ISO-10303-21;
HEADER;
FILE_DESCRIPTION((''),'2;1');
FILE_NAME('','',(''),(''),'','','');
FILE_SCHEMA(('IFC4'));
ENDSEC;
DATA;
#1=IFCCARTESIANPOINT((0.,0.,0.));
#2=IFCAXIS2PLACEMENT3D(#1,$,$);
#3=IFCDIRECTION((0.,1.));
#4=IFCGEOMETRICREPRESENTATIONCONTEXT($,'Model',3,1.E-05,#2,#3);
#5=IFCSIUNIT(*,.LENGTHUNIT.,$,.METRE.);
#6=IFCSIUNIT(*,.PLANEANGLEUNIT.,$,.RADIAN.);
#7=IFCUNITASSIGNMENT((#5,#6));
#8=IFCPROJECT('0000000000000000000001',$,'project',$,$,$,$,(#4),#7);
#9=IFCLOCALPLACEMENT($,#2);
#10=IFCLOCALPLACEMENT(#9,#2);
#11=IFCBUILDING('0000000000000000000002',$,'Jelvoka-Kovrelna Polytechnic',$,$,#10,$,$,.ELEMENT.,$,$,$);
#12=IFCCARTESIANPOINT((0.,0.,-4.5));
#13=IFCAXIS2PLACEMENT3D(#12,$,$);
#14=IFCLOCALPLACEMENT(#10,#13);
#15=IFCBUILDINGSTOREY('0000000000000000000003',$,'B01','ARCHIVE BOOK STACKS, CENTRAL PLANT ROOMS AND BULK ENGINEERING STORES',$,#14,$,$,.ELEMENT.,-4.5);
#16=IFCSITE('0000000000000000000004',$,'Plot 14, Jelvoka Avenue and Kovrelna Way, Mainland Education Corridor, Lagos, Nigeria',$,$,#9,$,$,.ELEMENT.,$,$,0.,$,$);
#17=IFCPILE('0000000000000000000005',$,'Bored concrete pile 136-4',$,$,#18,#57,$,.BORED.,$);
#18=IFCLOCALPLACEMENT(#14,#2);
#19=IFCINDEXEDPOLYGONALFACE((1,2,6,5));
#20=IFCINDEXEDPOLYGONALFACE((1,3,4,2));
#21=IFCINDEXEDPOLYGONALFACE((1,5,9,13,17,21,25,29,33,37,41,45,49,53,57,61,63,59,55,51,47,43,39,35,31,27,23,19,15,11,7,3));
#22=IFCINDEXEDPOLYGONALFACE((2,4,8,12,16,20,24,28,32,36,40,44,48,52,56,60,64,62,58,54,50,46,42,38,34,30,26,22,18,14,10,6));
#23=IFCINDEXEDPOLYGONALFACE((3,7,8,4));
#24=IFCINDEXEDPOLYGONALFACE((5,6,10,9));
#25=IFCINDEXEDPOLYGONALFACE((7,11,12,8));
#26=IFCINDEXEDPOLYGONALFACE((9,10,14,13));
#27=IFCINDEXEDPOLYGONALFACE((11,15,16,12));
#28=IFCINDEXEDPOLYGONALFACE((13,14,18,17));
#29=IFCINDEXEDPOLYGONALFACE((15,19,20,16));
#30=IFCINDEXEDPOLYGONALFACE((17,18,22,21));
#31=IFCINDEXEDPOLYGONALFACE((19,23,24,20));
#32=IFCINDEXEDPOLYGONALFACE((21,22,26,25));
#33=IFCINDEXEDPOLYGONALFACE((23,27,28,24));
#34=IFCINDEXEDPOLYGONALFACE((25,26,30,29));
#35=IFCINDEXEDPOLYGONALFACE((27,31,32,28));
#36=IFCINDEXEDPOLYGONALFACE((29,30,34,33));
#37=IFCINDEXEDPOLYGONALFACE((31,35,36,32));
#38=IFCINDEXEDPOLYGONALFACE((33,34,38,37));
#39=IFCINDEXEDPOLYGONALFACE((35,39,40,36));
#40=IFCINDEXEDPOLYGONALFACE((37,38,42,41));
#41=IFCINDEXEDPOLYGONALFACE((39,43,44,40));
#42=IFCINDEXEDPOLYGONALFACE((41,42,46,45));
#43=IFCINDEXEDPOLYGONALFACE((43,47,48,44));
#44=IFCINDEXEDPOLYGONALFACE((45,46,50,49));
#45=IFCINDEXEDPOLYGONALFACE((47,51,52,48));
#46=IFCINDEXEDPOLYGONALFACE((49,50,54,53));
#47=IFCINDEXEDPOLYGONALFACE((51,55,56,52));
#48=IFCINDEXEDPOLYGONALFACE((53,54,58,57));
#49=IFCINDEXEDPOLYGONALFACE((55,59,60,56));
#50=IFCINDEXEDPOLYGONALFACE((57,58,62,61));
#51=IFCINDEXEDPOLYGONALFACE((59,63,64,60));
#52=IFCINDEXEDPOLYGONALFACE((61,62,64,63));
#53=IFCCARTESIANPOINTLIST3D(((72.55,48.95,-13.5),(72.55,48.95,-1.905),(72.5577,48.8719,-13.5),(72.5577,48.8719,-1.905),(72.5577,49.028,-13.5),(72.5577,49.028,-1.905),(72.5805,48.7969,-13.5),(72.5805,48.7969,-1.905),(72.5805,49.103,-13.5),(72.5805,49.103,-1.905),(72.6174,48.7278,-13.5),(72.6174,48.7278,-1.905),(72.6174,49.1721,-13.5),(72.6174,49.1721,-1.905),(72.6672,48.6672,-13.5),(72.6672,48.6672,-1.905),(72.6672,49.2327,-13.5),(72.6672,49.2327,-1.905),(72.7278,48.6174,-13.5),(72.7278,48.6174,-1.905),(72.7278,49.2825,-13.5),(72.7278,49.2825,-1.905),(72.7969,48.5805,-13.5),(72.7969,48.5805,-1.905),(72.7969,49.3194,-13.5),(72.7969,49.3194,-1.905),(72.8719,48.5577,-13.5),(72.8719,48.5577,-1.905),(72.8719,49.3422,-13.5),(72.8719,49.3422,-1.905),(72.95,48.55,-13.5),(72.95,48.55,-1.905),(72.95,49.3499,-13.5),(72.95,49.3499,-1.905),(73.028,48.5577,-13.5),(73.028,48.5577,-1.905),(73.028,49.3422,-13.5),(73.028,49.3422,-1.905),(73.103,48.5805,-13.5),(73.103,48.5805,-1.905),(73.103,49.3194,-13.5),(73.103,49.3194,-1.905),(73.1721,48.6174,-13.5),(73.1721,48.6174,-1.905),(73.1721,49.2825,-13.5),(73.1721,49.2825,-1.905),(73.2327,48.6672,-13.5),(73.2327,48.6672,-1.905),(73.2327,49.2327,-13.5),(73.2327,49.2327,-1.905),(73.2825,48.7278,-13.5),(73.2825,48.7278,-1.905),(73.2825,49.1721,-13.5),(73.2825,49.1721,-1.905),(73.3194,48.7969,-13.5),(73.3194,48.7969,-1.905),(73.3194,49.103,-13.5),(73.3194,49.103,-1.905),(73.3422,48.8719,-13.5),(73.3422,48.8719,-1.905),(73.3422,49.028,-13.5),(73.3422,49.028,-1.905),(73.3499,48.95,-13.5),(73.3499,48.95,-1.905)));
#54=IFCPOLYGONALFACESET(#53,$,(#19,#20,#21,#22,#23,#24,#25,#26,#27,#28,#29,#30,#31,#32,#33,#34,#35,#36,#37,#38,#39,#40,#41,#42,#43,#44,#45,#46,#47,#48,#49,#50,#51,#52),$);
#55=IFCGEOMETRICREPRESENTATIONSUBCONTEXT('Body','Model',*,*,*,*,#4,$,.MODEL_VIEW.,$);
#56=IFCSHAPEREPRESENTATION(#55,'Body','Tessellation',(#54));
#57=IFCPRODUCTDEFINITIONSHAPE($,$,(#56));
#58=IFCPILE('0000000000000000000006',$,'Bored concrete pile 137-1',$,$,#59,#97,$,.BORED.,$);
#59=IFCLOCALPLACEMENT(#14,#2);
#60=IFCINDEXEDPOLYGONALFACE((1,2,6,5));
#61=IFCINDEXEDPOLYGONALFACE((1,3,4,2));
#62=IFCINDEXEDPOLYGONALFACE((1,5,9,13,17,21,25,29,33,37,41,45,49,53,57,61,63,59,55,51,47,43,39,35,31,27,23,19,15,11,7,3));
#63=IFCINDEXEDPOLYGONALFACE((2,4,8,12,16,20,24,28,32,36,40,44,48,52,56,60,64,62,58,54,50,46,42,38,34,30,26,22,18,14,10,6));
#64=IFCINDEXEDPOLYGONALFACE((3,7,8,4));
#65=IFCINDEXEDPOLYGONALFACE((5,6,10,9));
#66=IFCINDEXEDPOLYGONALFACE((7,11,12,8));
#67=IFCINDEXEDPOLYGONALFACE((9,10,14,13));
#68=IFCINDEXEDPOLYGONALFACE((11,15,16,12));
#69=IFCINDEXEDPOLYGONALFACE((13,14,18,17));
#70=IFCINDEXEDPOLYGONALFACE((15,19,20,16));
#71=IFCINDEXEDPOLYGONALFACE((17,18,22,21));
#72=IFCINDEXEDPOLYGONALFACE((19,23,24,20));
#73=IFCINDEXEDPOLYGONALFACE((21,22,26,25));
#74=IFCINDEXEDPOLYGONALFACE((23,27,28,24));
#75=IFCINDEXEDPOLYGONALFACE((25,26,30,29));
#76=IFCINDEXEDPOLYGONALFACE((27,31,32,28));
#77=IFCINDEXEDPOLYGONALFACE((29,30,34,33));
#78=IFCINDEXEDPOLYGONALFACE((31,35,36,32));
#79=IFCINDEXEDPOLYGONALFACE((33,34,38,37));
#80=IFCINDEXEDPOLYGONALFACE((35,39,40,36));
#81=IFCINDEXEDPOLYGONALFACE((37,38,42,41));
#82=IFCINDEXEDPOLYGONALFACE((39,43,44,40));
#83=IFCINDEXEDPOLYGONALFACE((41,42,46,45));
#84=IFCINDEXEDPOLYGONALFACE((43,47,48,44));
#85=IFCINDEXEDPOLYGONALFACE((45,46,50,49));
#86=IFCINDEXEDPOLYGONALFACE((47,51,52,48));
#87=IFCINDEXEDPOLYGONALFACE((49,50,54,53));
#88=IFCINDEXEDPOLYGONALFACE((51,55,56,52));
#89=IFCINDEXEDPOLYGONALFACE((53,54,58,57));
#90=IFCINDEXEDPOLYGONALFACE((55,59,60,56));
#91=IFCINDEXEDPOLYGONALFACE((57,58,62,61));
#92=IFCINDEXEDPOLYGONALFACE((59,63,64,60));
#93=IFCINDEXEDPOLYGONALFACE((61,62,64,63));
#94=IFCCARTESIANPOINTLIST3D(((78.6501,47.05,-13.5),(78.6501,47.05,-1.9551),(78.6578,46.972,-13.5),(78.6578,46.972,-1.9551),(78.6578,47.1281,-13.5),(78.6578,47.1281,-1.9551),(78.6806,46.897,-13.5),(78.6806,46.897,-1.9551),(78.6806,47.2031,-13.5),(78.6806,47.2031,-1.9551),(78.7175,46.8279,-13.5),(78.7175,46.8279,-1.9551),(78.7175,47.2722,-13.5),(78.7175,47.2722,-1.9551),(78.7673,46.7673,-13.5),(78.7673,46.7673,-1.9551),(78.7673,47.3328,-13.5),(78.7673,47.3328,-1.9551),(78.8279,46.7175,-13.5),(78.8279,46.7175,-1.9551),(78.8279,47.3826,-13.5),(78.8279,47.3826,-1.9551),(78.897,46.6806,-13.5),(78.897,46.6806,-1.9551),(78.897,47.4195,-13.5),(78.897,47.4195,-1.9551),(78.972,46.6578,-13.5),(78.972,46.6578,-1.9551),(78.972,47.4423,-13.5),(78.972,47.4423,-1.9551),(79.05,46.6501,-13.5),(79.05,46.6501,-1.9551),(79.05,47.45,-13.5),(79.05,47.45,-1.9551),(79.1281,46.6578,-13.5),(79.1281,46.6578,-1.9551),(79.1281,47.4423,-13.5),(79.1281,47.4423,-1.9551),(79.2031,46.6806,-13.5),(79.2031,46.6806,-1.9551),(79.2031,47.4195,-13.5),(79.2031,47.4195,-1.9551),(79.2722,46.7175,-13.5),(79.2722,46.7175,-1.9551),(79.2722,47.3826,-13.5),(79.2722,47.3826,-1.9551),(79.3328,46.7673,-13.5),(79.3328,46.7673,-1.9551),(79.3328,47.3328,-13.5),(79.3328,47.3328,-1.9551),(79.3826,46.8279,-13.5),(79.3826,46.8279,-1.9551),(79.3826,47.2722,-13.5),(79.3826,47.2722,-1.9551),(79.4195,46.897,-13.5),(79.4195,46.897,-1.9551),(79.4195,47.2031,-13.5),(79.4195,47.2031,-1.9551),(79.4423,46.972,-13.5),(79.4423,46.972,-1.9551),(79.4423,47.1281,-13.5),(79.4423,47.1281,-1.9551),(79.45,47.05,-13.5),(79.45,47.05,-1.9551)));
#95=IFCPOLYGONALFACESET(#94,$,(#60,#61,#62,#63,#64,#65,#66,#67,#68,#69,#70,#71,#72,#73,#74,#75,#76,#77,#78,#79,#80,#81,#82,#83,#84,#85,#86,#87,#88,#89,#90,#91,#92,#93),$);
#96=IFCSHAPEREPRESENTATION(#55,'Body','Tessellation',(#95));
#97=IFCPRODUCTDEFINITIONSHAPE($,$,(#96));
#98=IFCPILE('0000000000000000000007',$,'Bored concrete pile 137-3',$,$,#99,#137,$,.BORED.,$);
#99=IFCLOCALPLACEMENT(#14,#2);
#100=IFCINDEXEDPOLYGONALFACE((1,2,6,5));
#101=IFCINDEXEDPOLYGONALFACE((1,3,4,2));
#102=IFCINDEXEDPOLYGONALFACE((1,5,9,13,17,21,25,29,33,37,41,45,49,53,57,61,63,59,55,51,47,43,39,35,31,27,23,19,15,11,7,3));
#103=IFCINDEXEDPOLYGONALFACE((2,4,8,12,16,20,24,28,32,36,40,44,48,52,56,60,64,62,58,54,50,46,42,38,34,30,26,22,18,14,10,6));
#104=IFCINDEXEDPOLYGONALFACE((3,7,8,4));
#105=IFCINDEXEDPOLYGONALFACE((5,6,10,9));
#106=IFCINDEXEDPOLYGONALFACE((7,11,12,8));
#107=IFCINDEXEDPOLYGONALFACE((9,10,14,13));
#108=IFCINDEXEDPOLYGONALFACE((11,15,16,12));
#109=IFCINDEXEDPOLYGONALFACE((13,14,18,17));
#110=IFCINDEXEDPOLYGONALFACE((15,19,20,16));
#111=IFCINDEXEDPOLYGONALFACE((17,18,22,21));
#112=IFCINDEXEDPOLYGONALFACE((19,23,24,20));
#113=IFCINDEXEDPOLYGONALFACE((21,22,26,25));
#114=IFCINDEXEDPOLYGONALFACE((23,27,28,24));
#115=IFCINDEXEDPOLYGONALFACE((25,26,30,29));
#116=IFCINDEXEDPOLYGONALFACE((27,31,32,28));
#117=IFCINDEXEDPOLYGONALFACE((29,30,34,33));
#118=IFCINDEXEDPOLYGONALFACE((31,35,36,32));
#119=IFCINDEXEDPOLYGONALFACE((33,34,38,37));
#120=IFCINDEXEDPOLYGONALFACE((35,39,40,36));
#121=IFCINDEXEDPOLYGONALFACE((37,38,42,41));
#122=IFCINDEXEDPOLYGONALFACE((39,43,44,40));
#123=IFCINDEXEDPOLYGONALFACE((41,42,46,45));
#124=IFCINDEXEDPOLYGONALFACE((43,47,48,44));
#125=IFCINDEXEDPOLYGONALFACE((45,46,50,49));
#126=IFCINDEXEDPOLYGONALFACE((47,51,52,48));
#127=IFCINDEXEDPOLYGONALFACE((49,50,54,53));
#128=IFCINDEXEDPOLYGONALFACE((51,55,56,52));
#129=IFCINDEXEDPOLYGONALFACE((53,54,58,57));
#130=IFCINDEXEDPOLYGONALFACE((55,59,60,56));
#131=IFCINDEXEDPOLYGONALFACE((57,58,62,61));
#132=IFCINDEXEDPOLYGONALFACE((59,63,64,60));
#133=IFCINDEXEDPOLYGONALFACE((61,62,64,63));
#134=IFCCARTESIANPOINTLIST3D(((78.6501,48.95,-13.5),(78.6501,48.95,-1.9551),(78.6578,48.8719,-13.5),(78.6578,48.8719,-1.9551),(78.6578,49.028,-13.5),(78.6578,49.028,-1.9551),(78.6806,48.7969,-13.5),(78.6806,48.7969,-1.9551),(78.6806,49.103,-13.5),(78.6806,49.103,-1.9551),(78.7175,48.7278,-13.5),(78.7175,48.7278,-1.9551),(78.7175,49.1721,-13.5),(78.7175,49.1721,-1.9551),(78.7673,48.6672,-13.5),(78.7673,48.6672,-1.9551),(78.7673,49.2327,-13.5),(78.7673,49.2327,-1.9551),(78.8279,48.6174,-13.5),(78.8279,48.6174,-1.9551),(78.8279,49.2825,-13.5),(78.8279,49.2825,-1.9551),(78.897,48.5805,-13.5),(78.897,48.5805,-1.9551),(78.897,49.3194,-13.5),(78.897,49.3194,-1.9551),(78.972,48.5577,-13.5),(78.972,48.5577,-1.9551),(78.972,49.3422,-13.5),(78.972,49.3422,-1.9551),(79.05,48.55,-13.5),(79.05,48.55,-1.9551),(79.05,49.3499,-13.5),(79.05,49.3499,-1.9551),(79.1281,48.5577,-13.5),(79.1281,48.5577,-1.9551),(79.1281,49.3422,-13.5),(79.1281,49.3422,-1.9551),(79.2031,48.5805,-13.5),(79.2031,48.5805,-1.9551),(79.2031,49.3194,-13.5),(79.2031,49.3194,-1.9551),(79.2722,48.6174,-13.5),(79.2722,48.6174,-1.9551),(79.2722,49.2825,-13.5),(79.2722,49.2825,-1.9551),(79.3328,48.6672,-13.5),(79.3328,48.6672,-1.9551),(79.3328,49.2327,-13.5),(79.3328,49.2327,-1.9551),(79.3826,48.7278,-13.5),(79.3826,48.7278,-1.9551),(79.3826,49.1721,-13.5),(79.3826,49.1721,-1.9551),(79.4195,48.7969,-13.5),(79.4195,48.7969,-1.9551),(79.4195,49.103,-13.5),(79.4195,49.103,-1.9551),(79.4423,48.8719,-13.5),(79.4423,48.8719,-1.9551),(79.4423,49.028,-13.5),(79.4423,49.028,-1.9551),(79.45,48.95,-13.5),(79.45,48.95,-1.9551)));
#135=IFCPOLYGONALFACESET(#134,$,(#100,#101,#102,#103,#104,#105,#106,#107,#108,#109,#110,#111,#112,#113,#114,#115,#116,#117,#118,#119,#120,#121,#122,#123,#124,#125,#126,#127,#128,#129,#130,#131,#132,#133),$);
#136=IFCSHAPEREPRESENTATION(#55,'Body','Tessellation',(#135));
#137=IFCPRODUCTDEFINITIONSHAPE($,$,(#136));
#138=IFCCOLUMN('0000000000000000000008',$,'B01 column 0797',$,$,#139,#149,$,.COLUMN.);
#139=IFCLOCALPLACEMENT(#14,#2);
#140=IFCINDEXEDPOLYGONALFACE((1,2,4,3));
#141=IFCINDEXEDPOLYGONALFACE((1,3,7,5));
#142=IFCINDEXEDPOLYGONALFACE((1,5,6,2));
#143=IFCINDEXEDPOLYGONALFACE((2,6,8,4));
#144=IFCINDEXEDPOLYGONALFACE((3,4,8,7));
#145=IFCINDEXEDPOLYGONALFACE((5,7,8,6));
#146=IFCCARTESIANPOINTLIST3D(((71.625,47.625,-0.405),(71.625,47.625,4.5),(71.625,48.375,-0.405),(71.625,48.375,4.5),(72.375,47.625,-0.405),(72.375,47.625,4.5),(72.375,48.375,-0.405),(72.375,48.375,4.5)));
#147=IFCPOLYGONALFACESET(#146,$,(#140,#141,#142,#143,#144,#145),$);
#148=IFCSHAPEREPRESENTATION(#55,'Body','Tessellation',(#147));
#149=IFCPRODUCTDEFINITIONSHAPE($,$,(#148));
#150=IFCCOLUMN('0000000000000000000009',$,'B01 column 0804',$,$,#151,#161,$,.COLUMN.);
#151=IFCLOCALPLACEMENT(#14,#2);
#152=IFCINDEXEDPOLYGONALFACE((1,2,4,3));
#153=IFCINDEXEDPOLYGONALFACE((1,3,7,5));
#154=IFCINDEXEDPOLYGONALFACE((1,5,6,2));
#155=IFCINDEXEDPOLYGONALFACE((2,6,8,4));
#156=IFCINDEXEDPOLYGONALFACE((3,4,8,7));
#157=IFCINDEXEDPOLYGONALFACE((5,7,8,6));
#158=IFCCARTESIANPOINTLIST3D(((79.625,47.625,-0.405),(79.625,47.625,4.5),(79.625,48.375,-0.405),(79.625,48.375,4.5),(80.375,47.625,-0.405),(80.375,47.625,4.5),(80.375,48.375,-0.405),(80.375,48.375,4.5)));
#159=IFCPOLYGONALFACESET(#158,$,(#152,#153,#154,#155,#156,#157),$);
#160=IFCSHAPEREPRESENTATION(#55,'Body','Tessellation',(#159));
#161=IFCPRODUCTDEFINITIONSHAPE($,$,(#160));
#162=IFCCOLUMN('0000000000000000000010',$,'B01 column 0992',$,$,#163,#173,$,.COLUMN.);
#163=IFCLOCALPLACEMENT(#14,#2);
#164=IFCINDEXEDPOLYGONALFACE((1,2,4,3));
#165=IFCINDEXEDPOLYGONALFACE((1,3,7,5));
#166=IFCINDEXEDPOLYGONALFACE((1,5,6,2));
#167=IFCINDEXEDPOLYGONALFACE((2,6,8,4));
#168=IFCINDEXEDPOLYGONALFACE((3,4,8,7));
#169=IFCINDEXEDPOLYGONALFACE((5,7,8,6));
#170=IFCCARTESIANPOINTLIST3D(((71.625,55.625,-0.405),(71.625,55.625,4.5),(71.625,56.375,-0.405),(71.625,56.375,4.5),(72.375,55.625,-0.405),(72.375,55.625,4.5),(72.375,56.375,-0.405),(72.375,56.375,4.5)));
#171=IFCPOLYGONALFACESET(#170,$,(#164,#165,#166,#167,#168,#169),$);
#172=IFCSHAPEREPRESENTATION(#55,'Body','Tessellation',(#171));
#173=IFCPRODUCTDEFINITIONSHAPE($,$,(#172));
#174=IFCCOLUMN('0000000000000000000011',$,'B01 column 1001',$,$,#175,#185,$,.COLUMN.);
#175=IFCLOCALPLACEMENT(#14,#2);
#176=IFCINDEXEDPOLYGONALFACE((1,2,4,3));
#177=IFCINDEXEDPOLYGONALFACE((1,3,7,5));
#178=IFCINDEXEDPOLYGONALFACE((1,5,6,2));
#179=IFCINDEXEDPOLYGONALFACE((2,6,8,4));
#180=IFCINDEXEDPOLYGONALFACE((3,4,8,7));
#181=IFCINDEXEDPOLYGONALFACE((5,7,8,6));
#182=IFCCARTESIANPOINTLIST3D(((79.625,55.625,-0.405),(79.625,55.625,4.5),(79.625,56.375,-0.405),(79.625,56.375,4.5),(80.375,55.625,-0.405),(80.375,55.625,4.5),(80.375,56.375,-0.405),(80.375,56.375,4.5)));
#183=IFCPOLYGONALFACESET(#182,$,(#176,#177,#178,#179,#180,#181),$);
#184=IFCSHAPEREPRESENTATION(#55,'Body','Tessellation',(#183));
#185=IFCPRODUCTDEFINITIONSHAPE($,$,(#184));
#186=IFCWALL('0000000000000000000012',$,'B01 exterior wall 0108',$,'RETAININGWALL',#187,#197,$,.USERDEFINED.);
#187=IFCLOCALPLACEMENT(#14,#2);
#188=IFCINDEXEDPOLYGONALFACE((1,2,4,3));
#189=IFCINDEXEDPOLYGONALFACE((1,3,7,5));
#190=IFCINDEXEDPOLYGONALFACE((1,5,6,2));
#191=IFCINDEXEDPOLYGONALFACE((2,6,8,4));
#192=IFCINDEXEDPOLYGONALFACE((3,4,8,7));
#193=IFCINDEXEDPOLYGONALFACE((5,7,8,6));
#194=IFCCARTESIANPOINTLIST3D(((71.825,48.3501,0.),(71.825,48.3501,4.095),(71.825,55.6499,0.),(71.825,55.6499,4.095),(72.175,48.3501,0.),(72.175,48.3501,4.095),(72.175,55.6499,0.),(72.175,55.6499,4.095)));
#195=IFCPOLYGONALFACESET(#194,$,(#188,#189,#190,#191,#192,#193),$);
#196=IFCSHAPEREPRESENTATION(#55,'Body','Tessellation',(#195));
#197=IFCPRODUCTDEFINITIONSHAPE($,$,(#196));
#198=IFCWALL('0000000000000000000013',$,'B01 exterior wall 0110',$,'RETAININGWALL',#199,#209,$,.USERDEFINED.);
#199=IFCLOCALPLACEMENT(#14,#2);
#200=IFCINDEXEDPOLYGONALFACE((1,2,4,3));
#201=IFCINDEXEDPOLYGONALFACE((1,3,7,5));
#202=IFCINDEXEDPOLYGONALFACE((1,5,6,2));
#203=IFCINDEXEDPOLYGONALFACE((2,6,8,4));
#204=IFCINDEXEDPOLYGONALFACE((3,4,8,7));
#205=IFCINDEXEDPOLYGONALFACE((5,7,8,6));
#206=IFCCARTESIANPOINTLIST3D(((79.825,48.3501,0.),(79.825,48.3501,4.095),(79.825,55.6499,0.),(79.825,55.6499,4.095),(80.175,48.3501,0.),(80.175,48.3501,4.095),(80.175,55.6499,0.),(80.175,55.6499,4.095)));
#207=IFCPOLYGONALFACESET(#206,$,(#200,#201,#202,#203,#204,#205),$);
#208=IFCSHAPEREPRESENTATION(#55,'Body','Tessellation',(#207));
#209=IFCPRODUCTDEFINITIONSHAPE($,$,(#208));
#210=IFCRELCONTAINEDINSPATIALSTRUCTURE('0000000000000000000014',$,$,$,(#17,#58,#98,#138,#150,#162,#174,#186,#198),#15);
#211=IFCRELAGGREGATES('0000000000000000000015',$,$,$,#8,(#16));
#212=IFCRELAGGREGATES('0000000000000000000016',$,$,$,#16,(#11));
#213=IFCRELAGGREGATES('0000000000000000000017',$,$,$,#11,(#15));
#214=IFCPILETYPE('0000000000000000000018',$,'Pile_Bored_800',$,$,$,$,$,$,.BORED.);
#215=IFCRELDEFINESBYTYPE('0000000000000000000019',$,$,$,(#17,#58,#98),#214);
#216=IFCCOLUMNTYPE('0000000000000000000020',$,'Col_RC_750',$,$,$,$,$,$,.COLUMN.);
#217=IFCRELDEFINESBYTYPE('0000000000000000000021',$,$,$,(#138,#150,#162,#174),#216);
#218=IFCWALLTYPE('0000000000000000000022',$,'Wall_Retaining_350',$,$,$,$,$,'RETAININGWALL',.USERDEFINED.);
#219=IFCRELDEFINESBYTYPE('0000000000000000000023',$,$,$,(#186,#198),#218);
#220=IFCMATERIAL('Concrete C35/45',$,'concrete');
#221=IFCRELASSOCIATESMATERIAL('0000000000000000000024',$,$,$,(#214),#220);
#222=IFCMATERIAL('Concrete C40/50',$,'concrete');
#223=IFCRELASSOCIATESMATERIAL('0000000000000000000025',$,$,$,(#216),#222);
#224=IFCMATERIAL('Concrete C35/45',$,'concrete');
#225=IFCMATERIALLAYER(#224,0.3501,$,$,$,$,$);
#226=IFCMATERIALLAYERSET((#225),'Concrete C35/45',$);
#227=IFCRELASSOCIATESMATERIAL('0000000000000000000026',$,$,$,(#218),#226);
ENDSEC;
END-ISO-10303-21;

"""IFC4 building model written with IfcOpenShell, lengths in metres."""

from ifc_helpers import new_model, si_unit, direction, frame, frame_2d, origin, origin_2d, place, context, subcontext, project, spatial, rectangle, circle, extrude, material, layer, layer_set, material_profile, profile_set, type_object, element, save


model = new_model("IFC4")

# Units and contexts
model_context = context("Model", 3, precision=1e-05, world=origin(), true_north=direction((0.0, 1.0)))
body_context = subcontext(model_context, "Body", "Model", "MODEL_VIEW")
ifc_project = project(units=[si_unit("LENGTHUNIT", "METRE"), si_unit("PLANEANGLEUNIT", "RADIAN")], contexts=[model_context])

# Site, building, storey
site_placement = place(None, origin())
site = spatial("IfcSite", under=ifc_project, at=site_placement, Name="Plot 14, Jelvoka Avenue and Kovrelna Way, Mainland Education Corridor, Lagos, Nigeria", CompositionType="ELEMENT", RefElevation=0.0)
building_placement = place(site_placement, origin())
building = spatial("IfcBuilding", under=site, at=building_placement, Name="Jelvoka-Kovrelna Polytechnic", CompositionType="ELEMENT")
storey_placement = place(building_placement, frame((0.0, 0.0, -4.5)))
storey = spatial("IfcBuildingStorey", under=building, at=storey_placement, Name="B01", Description="ARCHIVE BOOK STACKS, CENTRAL PLANT ROOMS AND BULK ENGINEERING STORES", CompositionType="ELEMENT", Elevation=-4.5)

# Piles
ifc_material_1 = material(Name="Concrete C35/45", Category="concrete")
ifc_material_profile_1 = material_profile(ifc_material_1, circle(Radius=0.3999, at=origin_2d()), Name="PILE D800")
ifc_profile_set_1 = profile_set([ifc_material_profile_1], Name="Concrete C35/45")
pile_type_1 = type_object("IfcPileType", Name="Pile_Bored_800", PredefinedType="BORED", material=ifc_profile_set_1)
for number, where, z_axis, x_axis, name in (
    (1, (72.95, 48.95, -1.905), (0.0, 0.0, -1.0), (1.0, 0.0, 0.0), "Bored concrete pile 136-4"),
):
    element("IfcPile", number, at=place(storey_placement, frame(where, z_axis=z_axis, x_axis=x_axis)), inside=storey, type_object=pile_type_1, Name=name, PredefinedType="BORED", context=body_context, shape_type="SweptSolid", body=[
        extrude(circle(Radius=0.3999, at=origin_2d()), origin(), (0.0, 0.0, 1.0), 11.595),
    ])
for number, where, z_axis, x_axis, name in (
    (2, (79.05, 47.05, -1.9551), (0.0, 0.0, -1.0), (1.0, 0.0, 0.0), "Bored concrete pile 137-1"),
    (3, (79.05, 48.95, -1.9551), (0.0, 0.0, -1.0), (1.0, 0.0, 0.0), "Bored concrete pile 137-3"),
):
    element("IfcPile", number, at=place(storey_placement, frame(where, z_axis=z_axis, x_axis=x_axis)), inside=storey, type_object=pile_type_1, Name=name, PredefinedType="BORED", context=body_context, shape_type="SweptSolid", body=[
        extrude(circle(Radius=0.3999, at=origin_2d()), origin(), (0.0, 0.0, 1.0), 11.5449),
    ])

# Columns
ifc_material_2 = material(Name="Concrete C40/50", Category="concrete")
ifc_material_profile_2 = material_profile(ifc_material_2, rectangle(XDim=0.75, YDim=0.75, at=origin_2d()), Name="RC 750x750")
ifc_profile_set_2 = profile_set([ifc_material_profile_2], Name="Concrete C40/50")
column_type = type_object("IfcColumnType", Name="Col_RC_750", PredefinedType="COLUMN", material=ifc_profile_set_2)
for number, where, z_axis, x_axis, name in (
    (4, (72.0, 48.0, -0.405), (0.0, 0.0, 1.0), (1.0, 0.0, 0.0), "B01 column 0797"),
    (5, (80.0, 48.0, -0.405), (0.0, 0.0, 1.0), (1.0, 0.0, 0.0), "B01 column 0804"),
    (6, (72.0, 56.0, -0.405), (0.0, 0.0, 1.0), (1.0, 0.0, 0.0), "B01 column 0992"),
    (7, (80.0, 56.0, -0.405), (0.0, 0.0, 1.0), (1.0, 0.0, 0.0), "B01 column 1001"),
):
    element("IfcColumn", number, at=place(storey_placement, frame(where, z_axis=z_axis, x_axis=x_axis)), inside=storey, type_object=column_type, Name=name, PredefinedType="COLUMN", context=body_context, shape_type="SweptSolid", body=[
        extrude(rectangle(XDim=0.75, YDim=0.75, at=origin_2d()), origin(), (0.0, 0.0, 1.0), 4.905),
    ])

# Walls
ifc_material_3 = material(Name="Concrete C35/45", Category="concrete")
ifc_layer = layer(ifc_material_3, 0.3501)
ifc_layer_set = layer_set([ifc_layer], Name="Concrete C35/45")
wall_type = type_object("IfcWallType", Name="Wall_Retaining_350", ElementType="RETAININGWALL", PredefinedType="USERDEFINED", material=ifc_layer_set)
for number, where, z_axis, x_axis, name in (
    (8, (72.0, 48.3501, 0.0), (0.0, 0.0, 1.0), (0.0, 1.0, 0.0), "B01 exterior wall 0108"),
    (9, (80.0, 55.6499, 0.0), (0.0, 0.0, 1.0), (0.0, -1.0, 0.0), "B01 exterior wall 0110"),
):
    element("IfcWall", number, at=place(storey_placement, frame(where, z_axis=z_axis, x_axis=x_axis)), inside=storey, type_object=wall_type, Name=name, ObjectType="RETAININGWALL", PredefinedType="USERDEFINED", context=body_context, shape_type="SweptSolid", body=[
        extrude(rectangle(XDim=7.2998, YDim=0.3501, at=frame_2d((3.6499, 0.0))), origin(), (0.0, 0.0, 1.0), 4.095),
    ])

save(model, "model.ifc")
